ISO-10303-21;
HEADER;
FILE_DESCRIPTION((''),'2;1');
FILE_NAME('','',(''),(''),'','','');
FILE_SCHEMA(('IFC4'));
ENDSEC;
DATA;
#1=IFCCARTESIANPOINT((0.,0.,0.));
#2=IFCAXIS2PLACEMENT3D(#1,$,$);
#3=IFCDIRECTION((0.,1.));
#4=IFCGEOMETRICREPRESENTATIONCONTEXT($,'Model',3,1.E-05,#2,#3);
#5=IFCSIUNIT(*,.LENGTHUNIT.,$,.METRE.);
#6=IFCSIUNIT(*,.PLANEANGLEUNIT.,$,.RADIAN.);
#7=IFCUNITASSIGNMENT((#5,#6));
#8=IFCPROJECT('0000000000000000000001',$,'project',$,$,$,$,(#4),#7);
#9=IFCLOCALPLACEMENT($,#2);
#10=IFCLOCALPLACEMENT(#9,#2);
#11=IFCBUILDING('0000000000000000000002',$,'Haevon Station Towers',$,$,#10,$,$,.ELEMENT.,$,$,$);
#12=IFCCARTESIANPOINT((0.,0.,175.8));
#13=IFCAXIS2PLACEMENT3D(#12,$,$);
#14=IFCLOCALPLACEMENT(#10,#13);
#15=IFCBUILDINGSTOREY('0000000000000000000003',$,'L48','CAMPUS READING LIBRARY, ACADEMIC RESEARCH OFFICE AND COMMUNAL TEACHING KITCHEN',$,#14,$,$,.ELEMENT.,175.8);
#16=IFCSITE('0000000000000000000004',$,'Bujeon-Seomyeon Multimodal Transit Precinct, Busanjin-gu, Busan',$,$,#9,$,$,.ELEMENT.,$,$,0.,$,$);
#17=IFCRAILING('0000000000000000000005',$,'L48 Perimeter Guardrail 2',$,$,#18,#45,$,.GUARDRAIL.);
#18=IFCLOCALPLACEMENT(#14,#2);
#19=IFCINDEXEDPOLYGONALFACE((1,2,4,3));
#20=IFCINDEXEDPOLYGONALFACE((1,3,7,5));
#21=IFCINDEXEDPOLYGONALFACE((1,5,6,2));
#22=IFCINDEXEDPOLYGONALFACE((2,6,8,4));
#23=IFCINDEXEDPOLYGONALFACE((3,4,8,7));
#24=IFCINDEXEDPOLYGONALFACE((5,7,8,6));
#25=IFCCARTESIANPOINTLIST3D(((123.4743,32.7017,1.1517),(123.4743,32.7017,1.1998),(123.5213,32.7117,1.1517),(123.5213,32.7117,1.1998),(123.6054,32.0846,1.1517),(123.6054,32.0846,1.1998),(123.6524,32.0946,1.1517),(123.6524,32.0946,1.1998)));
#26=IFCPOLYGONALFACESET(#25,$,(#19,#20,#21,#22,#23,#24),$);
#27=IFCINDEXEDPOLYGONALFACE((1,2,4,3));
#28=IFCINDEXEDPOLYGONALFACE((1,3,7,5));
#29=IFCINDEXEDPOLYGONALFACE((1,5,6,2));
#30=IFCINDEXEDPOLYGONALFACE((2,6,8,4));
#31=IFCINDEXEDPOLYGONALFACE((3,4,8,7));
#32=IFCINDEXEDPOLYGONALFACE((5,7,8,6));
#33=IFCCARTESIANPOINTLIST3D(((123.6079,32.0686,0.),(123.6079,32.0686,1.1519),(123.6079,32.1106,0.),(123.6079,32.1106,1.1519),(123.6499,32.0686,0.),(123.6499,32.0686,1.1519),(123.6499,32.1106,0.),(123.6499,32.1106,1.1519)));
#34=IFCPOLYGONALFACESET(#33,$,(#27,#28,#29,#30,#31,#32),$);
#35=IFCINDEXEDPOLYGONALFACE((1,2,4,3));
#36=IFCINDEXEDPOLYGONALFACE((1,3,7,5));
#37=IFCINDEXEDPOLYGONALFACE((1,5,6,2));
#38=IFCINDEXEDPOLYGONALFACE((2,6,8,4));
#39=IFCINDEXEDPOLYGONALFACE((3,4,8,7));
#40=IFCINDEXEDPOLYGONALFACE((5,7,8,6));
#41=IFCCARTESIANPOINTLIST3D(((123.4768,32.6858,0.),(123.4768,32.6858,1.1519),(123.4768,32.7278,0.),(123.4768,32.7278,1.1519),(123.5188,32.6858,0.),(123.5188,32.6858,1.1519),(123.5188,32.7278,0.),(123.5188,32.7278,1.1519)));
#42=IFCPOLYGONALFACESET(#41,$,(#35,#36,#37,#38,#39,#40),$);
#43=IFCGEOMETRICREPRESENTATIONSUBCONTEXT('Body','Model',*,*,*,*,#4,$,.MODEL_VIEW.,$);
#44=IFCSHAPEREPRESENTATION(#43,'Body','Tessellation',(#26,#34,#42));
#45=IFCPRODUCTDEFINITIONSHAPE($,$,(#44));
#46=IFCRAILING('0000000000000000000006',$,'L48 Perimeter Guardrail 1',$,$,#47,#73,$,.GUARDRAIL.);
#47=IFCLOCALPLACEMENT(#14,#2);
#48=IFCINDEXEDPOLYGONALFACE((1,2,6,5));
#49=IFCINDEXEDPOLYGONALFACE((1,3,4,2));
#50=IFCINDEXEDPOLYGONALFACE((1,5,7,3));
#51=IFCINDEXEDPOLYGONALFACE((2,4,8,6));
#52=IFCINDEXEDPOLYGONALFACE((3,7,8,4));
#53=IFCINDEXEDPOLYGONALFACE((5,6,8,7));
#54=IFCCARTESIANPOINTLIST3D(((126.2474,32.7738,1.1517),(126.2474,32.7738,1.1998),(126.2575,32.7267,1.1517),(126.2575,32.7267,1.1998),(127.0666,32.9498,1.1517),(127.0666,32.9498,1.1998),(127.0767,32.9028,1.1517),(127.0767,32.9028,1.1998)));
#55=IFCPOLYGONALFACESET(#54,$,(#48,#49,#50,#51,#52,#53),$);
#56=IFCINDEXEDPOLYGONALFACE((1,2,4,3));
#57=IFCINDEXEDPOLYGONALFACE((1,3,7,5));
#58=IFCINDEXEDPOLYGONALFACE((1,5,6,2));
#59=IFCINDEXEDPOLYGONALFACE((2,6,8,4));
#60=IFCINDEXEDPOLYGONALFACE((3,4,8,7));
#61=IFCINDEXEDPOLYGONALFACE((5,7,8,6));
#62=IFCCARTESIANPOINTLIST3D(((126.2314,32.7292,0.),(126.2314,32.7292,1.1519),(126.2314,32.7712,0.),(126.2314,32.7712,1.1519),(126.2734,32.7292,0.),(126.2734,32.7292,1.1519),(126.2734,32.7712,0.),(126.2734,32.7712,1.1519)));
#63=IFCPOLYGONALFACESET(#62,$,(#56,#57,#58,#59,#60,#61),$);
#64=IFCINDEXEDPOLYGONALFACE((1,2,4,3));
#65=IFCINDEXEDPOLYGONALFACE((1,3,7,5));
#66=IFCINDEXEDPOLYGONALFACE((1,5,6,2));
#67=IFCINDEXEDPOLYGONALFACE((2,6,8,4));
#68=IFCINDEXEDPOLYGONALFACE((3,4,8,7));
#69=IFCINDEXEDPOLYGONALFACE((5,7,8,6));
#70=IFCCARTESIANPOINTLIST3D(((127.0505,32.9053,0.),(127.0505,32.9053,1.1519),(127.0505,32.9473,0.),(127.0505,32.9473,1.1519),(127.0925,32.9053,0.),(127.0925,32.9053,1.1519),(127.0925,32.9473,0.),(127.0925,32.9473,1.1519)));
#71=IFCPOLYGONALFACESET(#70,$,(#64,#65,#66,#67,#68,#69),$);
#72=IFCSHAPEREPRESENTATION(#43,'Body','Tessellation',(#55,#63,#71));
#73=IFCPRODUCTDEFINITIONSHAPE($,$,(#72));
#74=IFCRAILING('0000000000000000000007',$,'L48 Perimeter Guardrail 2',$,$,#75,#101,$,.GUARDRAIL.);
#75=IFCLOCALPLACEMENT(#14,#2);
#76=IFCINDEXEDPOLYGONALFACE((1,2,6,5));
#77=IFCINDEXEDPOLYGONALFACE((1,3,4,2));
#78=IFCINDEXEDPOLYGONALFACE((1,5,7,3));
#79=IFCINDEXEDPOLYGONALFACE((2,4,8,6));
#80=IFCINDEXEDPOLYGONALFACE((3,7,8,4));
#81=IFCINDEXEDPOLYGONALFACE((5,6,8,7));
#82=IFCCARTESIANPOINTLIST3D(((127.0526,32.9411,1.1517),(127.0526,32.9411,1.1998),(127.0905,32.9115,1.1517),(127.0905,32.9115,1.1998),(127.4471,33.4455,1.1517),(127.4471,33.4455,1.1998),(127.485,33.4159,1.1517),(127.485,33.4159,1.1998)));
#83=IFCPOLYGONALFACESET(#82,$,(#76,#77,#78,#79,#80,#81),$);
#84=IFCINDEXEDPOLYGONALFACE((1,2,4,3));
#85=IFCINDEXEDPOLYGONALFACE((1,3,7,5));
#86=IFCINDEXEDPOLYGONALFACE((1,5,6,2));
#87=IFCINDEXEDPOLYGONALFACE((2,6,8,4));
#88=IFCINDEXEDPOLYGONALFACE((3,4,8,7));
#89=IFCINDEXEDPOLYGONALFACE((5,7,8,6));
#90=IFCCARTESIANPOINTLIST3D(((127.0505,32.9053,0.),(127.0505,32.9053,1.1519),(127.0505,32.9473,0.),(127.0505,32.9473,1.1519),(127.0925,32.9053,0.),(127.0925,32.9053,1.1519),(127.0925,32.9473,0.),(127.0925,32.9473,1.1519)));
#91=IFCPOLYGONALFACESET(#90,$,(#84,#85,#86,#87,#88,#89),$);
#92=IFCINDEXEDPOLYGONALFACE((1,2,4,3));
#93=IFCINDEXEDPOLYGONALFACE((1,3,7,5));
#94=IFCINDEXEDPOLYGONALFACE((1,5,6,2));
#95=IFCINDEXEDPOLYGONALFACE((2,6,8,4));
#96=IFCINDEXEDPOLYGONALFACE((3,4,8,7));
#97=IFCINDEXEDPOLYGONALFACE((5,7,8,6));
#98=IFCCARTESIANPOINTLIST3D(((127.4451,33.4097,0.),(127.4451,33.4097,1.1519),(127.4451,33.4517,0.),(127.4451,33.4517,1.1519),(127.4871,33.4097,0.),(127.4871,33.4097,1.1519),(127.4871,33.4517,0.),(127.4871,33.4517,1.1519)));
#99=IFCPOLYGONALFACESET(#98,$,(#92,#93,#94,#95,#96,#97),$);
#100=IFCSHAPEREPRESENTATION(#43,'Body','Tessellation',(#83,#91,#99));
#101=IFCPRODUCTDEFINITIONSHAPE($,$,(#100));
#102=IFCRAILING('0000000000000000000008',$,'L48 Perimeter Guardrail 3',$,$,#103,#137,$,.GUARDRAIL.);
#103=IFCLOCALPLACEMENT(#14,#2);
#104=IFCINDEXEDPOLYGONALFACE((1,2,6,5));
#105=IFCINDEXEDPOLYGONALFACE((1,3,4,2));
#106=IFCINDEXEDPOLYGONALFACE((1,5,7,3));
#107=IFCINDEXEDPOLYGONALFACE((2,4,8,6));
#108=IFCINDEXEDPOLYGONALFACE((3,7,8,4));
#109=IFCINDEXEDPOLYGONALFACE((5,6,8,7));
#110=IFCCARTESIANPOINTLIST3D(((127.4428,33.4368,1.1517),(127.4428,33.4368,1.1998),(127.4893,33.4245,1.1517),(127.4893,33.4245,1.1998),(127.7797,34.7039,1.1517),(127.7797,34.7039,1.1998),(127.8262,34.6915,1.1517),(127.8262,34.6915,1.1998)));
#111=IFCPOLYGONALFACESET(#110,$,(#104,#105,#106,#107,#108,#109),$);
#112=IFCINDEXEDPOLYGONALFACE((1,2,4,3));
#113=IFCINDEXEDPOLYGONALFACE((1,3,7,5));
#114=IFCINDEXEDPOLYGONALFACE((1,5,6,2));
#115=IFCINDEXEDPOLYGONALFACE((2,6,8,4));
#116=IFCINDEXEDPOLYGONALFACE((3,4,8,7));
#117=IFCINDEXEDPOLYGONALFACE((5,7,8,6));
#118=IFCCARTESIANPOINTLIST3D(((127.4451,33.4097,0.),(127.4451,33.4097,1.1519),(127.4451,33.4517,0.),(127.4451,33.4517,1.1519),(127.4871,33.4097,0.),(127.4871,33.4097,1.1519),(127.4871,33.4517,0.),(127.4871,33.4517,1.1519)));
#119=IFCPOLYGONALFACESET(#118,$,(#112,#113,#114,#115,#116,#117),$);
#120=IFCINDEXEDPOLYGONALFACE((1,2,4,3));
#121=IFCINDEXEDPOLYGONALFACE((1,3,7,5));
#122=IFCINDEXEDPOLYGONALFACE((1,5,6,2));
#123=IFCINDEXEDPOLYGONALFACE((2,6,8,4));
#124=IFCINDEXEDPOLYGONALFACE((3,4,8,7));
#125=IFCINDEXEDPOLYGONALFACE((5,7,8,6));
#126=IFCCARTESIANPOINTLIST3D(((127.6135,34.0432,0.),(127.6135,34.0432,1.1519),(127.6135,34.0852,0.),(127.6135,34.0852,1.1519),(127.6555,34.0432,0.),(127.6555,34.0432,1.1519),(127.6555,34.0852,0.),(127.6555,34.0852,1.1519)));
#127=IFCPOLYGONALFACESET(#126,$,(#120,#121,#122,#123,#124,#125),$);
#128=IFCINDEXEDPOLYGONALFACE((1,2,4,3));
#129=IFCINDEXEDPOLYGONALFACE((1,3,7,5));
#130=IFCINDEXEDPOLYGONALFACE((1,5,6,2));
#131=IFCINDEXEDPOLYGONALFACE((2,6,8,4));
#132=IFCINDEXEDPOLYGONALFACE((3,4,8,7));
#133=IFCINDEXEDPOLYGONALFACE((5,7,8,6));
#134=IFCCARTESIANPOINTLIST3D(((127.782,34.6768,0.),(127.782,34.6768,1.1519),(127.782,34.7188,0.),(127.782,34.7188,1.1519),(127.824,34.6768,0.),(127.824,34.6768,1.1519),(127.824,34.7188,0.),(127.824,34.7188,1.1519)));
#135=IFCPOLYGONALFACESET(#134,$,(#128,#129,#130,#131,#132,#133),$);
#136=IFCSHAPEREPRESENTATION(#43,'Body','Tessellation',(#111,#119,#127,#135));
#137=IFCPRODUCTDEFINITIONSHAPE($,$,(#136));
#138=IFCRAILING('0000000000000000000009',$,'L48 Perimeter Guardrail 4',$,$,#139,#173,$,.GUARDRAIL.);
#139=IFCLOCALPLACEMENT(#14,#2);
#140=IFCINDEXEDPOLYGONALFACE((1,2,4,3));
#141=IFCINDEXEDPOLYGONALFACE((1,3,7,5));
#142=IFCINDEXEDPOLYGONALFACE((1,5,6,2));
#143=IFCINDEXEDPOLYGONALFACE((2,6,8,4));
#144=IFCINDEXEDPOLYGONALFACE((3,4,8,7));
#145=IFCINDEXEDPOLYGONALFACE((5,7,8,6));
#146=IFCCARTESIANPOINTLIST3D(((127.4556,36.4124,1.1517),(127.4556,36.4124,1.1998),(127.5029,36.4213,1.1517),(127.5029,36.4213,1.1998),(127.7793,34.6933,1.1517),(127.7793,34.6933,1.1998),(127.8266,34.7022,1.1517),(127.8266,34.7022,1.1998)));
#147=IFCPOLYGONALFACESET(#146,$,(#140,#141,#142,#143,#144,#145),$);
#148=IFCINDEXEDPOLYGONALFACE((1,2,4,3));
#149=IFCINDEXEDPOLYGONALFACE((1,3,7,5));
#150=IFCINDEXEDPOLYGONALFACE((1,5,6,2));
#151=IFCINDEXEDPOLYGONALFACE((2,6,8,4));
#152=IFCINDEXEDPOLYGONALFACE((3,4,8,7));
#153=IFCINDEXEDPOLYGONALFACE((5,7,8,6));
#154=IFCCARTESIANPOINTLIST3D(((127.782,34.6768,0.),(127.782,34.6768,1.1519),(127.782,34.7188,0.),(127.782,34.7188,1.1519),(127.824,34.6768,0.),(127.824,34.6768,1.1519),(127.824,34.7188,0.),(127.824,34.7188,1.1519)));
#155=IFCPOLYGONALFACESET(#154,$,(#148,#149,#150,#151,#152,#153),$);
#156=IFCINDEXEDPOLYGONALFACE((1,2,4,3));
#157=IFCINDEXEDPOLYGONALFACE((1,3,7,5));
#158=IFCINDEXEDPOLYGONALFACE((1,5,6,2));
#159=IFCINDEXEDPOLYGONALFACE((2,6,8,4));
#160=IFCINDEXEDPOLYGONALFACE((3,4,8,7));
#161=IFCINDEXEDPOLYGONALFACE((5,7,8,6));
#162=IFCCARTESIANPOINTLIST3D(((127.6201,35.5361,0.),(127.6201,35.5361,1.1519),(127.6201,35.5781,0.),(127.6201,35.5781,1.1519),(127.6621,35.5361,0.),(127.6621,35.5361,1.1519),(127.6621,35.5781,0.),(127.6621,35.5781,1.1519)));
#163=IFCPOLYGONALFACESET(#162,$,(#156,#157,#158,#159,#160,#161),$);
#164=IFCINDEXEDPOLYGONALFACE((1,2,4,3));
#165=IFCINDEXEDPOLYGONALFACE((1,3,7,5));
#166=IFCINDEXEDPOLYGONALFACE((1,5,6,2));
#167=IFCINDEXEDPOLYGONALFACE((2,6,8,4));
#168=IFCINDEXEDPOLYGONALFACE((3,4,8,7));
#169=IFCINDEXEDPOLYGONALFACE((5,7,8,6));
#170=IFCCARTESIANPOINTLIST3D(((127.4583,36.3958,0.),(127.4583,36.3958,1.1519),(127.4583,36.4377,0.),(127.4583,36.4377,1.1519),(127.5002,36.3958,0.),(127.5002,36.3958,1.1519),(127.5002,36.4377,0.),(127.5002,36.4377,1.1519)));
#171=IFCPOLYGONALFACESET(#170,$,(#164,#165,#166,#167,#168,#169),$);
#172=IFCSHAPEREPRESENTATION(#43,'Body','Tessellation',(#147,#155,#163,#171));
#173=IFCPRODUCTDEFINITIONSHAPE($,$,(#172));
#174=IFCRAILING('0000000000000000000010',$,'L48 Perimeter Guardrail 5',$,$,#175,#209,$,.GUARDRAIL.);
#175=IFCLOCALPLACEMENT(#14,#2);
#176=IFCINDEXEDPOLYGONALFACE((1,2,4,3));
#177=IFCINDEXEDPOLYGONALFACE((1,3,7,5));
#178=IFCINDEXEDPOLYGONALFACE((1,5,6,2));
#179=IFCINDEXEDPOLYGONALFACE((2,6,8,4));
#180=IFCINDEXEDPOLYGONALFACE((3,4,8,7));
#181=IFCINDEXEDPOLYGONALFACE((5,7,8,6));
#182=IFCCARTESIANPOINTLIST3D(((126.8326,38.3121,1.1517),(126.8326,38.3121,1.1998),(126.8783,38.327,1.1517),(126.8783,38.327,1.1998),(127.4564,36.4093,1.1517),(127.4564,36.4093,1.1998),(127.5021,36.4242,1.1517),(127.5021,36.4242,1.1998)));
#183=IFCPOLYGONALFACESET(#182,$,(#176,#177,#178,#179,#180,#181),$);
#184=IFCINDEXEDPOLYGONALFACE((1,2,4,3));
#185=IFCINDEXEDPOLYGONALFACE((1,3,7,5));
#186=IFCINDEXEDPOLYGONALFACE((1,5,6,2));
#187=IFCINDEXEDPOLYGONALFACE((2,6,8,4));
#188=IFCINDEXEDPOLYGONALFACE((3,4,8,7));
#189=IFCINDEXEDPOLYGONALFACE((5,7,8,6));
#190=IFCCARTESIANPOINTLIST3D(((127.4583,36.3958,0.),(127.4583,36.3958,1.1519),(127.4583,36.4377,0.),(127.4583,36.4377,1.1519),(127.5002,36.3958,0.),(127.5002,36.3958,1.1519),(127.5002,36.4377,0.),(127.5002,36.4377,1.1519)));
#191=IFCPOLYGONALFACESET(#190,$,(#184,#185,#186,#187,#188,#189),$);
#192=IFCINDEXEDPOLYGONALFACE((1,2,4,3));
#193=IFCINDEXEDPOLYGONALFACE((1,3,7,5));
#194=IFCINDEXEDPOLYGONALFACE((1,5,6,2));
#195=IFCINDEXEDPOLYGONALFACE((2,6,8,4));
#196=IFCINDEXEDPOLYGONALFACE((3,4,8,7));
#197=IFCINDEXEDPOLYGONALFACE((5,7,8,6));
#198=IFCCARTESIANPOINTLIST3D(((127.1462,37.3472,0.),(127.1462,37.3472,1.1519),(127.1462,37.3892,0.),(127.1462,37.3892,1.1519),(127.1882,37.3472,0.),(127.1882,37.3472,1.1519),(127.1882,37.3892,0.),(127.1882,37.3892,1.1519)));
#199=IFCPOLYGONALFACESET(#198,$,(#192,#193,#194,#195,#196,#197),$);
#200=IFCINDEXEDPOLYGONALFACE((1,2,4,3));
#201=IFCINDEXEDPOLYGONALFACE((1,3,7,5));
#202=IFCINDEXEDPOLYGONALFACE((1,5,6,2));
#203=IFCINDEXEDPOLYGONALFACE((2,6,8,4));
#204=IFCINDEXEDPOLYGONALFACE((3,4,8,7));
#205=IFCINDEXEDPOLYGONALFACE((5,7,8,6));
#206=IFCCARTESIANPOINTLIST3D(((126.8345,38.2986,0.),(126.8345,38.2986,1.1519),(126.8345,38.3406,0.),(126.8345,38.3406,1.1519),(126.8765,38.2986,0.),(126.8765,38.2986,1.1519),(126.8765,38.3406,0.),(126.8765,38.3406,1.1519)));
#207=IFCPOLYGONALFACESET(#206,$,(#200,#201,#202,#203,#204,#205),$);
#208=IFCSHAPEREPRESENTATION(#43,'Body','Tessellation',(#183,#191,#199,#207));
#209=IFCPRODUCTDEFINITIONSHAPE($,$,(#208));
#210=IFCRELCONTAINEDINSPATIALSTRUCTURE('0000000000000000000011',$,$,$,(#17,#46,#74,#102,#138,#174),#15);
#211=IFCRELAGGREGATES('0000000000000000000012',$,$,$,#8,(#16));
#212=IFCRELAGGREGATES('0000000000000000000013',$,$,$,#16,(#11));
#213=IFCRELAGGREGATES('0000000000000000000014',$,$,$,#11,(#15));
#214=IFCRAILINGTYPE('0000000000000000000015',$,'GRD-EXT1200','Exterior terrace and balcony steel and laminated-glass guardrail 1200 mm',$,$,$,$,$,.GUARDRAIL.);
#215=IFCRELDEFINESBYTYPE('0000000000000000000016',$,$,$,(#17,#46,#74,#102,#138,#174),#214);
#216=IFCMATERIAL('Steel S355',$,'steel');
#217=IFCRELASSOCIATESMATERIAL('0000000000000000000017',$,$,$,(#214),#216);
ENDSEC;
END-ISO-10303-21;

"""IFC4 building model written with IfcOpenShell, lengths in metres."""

from ifc_helpers import new_model, si_unit, direction, frame, origin, origin_2d, place, context, subcontext, project, spatial, rectangle, extrude, material, type_object, element, save


model = new_model("IFC4")

# Units and contexts
model_context = context("Model", 3, precision=1e-05, world=origin(), true_north=direction((0.0, 1.0)))
body_context = subcontext(model_context, "Body", "Model", "MODEL_VIEW")
ifc_project = project(units=[si_unit("LENGTHUNIT", "METRE"), si_unit("PLANEANGLEUNIT", "RADIAN")], contexts=[model_context])

# Site, building, storey
site_placement = place(None, origin())
site = spatial("IfcSite", under=ifc_project, at=site_placement, Name="Bujeon-Seomyeon Multimodal Transit Precinct, Busanjin-gu, Busan", CompositionType="ELEMENT", RefElevation=0.0)
building_placement = place(site_placement, origin())
building = spatial("IfcBuilding", under=site, at=building_placement, Name="Haevon Station Towers", CompositionType="ELEMENT")
storey_placement = place(building_placement, frame((0.0, 0.0, 175.8)))
storey = spatial("IfcBuildingStorey", under=building, at=storey_placement, Name="L48", Description="CAMPUS READING LIBRARY, ACADEMIC RESEARCH OFFICE AND COMMUNAL TEACHING KITCHEN", CompositionType="ELEMENT", Elevation=175.8)

# Shared definitions
ifc_material_1 = material(Name="Steel S355", Category="steel")

# Railings
railing_type = type_object("IfcRailingType", Name="GRD-EXT1200", Description="Exterior terrace and balcony steel and laminated-glass guardrail 1200 mm", PredefinedType="GUARDRAIL", material=ifc_material_1)
railing_1_placement = place(storey_placement, frame((123.6289, 32.0896, 0.0)))
element("IfcRailing", 1, at=railing_1_placement, inside=storey, type_object=railing_type, Name="L48 Perimeter Guardrail 2", PredefinedType="GUARDRAIL", context=body_context, shape_type="SweptSolid", body=[
    extrude(rectangle(XDim=0.0481, YDim=0.0481, at=origin_2d()), frame((0.0, 0.0, 1.1758), z_axis=(-0.207785, 0.978175, 0.0), x_axis=(-0.978175, -0.207785, 0.0)), (0.0, 0.0, 1.0), 0.6309),
    extrude(rectangle(XDim=0.042, YDim=0.042, at=origin_2d()), origin(), (0.0, 0.0, 1.0), 1.1519),
    extrude(rectangle(XDim=0.042, YDim=0.042, at=origin_2d()), frame((-0.1311, 0.6172, 0.0)), (0.0, 0.0, 1.0), 1.1519),
])
railing_2_placement = place(storey_placement, frame((126.2524, 32.7502, 0.0)))
element("IfcRailing", 2, at=railing_2_placement, inside=storey, type_object=railing_type, Name="L48 Perimeter Guardrail 1", PredefinedType="GUARDRAIL", context=body_context, shape_type="SweptSolid", body=[
    extrude(rectangle(XDim=0.0481, YDim=0.0481, at=origin_2d()), frame((0.0, 0.0, 1.1758), z_axis=(0.977679, 0.210106, 0.0), x_axis=(-0.210106, 0.977679, 0.0)), (0.0, 0.0, 1.0), 0.8379),
    extrude(rectangle(XDim=0.042, YDim=0.042, at=origin_2d()), origin(), (0.0, 0.0, 1.0), 1.1519),
    extrude(rectangle(XDim=0.042, YDim=0.042, at=origin_2d()), frame((0.8191, 0.176, 0.0)), (0.0, 0.0, 1.0), 1.1519),
])
railing_3_placement = place(storey_placement, frame((127.0715, 32.9263, 0.0)))
element("IfcRailing", 3, at=railing_3_placement, inside=storey, type_object=railing_type, Name="L48 Perimeter Guardrail 2", PredefinedType="GUARDRAIL", context=body_context, shape_type="SweptSolid", body=[
    extrude(rectangle(XDim=0.0481, YDim=0.0481, at=origin_2d()), frame((0.0, 0.0, 1.1758), z_axis=(0.616103, 0.787666, 0.0), x_axis=(-0.787666, 0.616103, 0.0)), (0.0, 0.0, 1.0), 0.6404),
    extrude(rectangle(XDim=0.042, YDim=0.042, at=origin_2d()), origin(), (0.0, 0.0, 1.0), 1.1519),
    extrude(rectangle(XDim=0.042, YDim=0.042, at=origin_2d()), frame((0.3945, 0.5044, 0.0)), (0.0, 0.0, 1.0), 1.1519),
])
railing_4_placement = place(storey_placement, frame((127.4661, 33.4307, 0.0)))
element("IfcRailing", 4, at=railing_4_placement, inside=storey, type_object=railing_type, Name="L48 Perimeter Guardrail 3", PredefinedType="GUARDRAIL", context=body_context, shape_type="SweptSolid", body=[
    extrude(rectangle(XDim=0.0481, YDim=0.0481, at=origin_2d()), frame((0.0, 0.0, 1.1758), z_axis=(0.256967, 0.96642, 0.0), x_axis=(-0.96642, 0.256967, 0.0)), (0.0, 0.0, 1.0), 1.311),
    extrude(rectangle(XDim=0.042, YDim=0.042, at=origin_2d()), origin(), (0.0, 0.0, 1.0), 1.1519),
    extrude(rectangle(XDim=0.042, YDim=0.042, at=origin_2d()), frame((0.1685, 0.6335, 0.0)), (0.0, 0.0, 1.0), 1.1519),
    extrude(rectangle(XDim=0.042, YDim=0.042, at=origin_2d()), frame((0.3369, 1.2671, 0.0)), (0.0, 0.0, 1.0), 1.1519),
])
railing_5_placement = place(storey_placement, frame((127.803, 34.6978, 0.0)))
element("IfcRailing", 5, at=railing_5_placement, inside=storey, type_object=railing_type, Name="L48 Perimeter Guardrail 4", PredefinedType="GUARDRAIL", context=body_context, shape_type="SweptSolid", body=[
    extrude(rectangle(XDim=0.0481, YDim=0.0481, at=origin_2d()), frame((0.0, 0.0, 1.1758), z_axis=(-0.185072, 0.982725, 0.0), x_axis=(-0.982725, -0.185072, 0.0)), (0.0, 0.0, 1.0), 1.7493),
    extrude(rectangle(XDim=0.042, YDim=0.042, at=origin_2d()), origin(), (0.0, 0.0, 1.0), 1.1519),
    extrude(rectangle(XDim=0.042, YDim=0.042, at=origin_2d()), frame((-0.1619, 0.8594, 0.0)), (0.0, 0.0, 1.0), 1.1519),
    extrude(rectangle(XDim=0.042, YDim=0.042, at=origin_2d()), frame((-0.3237, 1.719, 0.0)), (0.0, 0.0, 1.0), 1.1519),
])
railing_6_placement = place(storey_placement, frame((127.4792, 36.4167, 0.0)))
element("IfcRailing", 6, at=railing_6_placement, inside=storey, type_object=railing_type, Name="L48 Perimeter Guardrail 5", PredefinedType="GUARDRAIL", context=body_context, shape_type="SweptSolid", body=[
    extrude(rectangle(XDim=0.0481, YDim=0.0481, at=origin_2d()), frame((0.0, 0.0, 1.1758), z_axis=(-0.311506, 0.950244, 0.0), x_axis=(-0.950244, -0.311506, 0.0)), (0.0, 0.0, 1.0), 2.0024),
    extrude(rectangle(XDim=0.042, YDim=0.042, at=origin_2d()), origin(), (0.0, 0.0, 1.0), 1.1519),
    extrude(rectangle(XDim=0.042, YDim=0.042, at=origin_2d()), frame((-0.312, 0.9514, 0.0)), (0.0, 0.0, 1.0), 1.1519),
    extrude(rectangle(XDim=0.042, YDim=0.042, at=origin_2d()), frame((-0.6238, 1.9028, 0.0)), (0.0, 0.0, 1.0), 1.1519),
])

save(model, "model.ifc")
